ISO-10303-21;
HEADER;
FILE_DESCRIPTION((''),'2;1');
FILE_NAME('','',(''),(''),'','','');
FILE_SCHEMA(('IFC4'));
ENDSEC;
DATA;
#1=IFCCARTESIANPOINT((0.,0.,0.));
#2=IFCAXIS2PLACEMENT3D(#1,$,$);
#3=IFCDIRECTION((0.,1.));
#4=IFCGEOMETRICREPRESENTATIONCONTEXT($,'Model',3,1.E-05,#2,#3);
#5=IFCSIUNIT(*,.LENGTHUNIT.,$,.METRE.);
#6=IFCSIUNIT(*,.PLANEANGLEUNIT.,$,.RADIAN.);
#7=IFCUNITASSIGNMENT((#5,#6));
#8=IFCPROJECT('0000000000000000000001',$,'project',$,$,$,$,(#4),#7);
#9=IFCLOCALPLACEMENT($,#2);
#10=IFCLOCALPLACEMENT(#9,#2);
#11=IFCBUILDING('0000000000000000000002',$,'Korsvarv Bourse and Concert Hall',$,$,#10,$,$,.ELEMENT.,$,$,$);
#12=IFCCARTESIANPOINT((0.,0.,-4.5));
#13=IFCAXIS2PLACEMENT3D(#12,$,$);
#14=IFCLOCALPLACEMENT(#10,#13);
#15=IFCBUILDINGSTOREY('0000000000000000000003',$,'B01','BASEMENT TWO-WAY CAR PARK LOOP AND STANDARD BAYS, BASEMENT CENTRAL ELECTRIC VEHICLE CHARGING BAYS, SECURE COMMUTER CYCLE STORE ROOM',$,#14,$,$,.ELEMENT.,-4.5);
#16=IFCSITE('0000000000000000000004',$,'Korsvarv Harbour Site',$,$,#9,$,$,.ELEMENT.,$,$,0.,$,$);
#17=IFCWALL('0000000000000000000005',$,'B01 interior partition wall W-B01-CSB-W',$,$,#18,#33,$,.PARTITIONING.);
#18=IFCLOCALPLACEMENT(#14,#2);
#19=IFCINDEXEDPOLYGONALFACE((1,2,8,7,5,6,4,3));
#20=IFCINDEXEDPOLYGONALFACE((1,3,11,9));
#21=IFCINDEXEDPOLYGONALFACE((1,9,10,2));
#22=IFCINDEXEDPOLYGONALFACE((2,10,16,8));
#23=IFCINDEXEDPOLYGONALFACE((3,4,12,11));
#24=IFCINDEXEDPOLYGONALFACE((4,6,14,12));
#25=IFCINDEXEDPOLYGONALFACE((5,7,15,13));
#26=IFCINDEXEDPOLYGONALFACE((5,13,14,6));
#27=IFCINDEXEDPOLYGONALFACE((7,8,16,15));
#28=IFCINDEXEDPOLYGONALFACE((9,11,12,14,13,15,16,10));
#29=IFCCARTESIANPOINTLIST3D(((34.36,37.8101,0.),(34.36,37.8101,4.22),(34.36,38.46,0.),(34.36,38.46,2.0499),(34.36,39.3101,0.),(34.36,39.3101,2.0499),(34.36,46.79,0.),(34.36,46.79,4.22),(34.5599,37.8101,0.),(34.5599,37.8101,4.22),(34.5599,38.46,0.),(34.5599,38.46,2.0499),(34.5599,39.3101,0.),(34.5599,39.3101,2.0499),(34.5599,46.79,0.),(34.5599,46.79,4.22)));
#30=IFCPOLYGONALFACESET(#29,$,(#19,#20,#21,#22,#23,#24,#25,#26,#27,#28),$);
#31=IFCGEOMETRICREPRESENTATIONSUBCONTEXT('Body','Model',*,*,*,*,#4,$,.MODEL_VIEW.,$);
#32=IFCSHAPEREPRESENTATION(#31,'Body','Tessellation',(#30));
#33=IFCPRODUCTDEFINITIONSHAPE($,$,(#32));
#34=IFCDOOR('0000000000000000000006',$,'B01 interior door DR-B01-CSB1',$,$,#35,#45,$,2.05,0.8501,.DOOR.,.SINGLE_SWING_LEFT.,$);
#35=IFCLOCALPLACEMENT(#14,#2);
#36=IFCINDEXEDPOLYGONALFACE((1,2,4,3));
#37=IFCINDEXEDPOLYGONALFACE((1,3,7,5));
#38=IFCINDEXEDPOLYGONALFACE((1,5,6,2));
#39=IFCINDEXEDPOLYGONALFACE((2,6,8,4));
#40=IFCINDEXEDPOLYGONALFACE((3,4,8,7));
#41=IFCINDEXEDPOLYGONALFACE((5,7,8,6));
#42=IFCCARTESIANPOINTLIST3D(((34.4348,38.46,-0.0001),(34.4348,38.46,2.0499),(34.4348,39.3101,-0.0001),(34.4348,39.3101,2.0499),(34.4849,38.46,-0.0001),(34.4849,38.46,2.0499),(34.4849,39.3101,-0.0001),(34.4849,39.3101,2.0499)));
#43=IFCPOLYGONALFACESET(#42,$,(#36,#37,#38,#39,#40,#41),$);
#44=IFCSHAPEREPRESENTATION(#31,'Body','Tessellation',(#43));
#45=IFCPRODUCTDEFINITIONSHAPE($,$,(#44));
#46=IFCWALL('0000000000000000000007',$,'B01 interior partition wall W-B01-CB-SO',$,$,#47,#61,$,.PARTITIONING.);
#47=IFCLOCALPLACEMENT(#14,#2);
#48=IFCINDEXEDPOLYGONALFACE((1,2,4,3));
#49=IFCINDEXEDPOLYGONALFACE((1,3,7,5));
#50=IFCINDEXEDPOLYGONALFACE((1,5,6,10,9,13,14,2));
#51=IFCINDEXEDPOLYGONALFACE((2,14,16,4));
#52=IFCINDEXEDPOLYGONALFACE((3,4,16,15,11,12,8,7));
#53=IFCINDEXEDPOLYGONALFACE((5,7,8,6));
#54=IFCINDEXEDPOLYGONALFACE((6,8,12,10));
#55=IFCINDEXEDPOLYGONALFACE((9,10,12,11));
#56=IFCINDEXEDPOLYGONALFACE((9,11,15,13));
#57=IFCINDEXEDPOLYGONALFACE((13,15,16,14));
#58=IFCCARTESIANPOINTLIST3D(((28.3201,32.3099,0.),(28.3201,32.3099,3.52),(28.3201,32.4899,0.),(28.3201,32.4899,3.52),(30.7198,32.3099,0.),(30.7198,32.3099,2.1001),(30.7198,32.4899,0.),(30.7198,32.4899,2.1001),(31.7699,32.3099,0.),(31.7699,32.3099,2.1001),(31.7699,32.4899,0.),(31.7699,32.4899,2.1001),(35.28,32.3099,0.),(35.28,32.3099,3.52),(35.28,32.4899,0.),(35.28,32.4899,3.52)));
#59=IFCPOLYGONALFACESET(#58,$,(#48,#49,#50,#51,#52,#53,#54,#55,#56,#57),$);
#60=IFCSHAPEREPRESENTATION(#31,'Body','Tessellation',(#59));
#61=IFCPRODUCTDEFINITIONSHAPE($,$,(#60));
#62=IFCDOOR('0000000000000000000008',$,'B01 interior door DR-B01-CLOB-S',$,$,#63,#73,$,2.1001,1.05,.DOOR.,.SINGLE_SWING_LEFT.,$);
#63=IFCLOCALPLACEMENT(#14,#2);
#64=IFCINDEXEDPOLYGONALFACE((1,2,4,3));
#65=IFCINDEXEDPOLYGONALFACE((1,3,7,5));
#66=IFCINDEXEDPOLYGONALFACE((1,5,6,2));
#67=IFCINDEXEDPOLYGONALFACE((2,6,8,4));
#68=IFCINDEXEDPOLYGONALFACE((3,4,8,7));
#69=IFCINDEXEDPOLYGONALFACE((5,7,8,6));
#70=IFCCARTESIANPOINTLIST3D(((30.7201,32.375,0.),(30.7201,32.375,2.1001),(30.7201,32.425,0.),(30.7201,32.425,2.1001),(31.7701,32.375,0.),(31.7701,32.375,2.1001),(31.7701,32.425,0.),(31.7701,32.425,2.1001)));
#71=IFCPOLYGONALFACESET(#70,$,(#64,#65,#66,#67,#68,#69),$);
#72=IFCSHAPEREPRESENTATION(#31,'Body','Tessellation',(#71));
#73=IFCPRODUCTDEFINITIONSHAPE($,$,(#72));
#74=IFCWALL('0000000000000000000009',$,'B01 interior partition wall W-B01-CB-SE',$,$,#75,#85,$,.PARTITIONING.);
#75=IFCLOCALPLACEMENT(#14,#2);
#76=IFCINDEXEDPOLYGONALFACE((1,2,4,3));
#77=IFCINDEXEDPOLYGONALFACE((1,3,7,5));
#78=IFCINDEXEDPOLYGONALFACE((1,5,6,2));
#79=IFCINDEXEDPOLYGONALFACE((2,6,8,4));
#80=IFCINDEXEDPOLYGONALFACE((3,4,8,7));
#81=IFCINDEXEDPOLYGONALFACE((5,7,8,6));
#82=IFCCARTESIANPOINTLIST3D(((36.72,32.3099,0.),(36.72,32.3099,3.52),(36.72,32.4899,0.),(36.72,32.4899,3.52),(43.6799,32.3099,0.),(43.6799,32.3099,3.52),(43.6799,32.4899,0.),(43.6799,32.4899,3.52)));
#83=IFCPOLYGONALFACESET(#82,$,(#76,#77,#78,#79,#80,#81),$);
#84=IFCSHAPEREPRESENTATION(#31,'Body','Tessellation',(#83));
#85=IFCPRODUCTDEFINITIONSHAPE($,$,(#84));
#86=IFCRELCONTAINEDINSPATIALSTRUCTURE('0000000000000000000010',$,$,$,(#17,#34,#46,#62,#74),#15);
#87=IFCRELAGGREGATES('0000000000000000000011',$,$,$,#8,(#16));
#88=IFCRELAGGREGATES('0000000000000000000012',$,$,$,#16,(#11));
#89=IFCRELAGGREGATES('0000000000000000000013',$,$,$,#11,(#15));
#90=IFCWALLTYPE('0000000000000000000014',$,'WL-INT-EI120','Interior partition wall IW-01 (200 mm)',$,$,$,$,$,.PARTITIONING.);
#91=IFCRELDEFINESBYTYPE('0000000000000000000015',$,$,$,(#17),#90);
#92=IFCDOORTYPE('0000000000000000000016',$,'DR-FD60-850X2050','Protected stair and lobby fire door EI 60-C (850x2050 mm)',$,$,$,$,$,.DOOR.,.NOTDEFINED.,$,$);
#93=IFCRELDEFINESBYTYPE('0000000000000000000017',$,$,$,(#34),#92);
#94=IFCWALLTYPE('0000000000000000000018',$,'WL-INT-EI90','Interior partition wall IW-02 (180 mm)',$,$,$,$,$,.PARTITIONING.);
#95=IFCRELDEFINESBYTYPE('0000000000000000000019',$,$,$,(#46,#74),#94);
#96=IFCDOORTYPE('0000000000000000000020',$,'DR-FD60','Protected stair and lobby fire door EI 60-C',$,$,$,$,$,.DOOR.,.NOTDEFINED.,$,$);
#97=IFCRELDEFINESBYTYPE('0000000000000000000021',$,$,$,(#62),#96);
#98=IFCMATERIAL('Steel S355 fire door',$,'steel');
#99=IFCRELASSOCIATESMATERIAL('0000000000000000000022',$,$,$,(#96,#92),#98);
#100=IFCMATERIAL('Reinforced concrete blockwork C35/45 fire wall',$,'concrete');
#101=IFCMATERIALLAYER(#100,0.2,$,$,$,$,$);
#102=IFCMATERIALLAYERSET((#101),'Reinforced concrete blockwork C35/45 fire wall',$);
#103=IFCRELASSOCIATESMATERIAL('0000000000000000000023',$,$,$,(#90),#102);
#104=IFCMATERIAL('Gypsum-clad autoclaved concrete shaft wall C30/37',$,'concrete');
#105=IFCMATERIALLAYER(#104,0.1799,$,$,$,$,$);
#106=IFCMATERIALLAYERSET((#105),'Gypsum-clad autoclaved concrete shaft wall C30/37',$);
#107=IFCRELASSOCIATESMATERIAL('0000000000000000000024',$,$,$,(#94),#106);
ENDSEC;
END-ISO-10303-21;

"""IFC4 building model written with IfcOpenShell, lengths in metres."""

from ifc_helpers import new_model, si_unit, direction, frame, frame_2d, origin, place, context, subcontext, project, spatial, rectangle, extrude, material, layer, layer_set, type_object, element, fill, save


model = new_model("IFC4")

# Units and contexts
model_context = context("Model", 3, precision=1e-05, world=origin(), true_north=direction((0.0, 1.0)))
body_context = subcontext(model_context, "Body", "Model", "MODEL_VIEW")
ifc_project = project(units=[si_unit("LENGTHUNIT", "METRE"), si_unit("PLANEANGLEUNIT", "RADIAN")], contexts=[model_context])

# Site, building, storey
site_placement = place(None, origin())
site = spatial("IfcSite", under=ifc_project, at=site_placement, Name="Korsvarv Harbour Site", CompositionType="ELEMENT", RefElevation=0.0)
building_placement = place(site_placement, origin())
building = spatial("IfcBuilding", under=site, at=building_placement, Name="Korsvarv Bourse and Concert Hall", CompositionType="ELEMENT")
storey_placement = place(building_placement, frame((0.0, 0.0, -4.5)))
storey = spatial("IfcBuildingStorey", under=building, at=storey_placement, Name="B01", Description="BASEMENT TWO-WAY CAR PARK LOOP AND STANDARD BAYS, BASEMENT CENTRAL ELECTRIC VEHICLE CHARGING BAYS, SECURE COMMUTER CYCLE STORE ROOM", CompositionType="ELEMENT", Elevation=-4.5)

# Walls, openings, doors
ifc_material_1 = material(Name="Steel S355 fire door", Category="steel")
door_type_1 = type_object("IfcDoorType", Name="DR-FD60", Description="Protected stair and lobby fire door EI 60-C", OperationType="NOTDEFINED", PredefinedType="DOOR", material=ifc_material_1)
ifc_material_2 = material(Name="Reinforced concrete blockwork C35/45 fire wall", Category="concrete")
ifc_layer_1 = layer(ifc_material_2, 0.2)
ifc_layer_set_1 = layer_set([ifc_layer_1], Name="Reinforced concrete blockwork C35/45 fire wall")
wall_type_1 = type_object("IfcWallType", Name="WL-INT-EI120", Description="Interior partition wall IW-01 (200 mm)", PredefinedType="PARTITIONING", material=ifc_layer_set_1)
wall_1_placement = place(storey_placement, frame((34.46, 37.8101, 0.0), z_axis=(0.0, 0.0, 1.0), x_axis=(0.0, 1.0, 0.0)))
wall_1 = element("IfcWall", 1, at=wall_1_placement, inside=storey, type_object=wall_type_1, Name="B01 interior partition wall W-B01-CSB-W", PredefinedType="PARTITIONING", context=body_context, shape_type="SweptSolid", body=[
    extrude(rectangle(XDim=8.98, YDim=0.2, at=frame_2d((4.49, 0.0))), origin(), (0.0, 0.0, 1.0), 4.22),
])
opening_1_placement = place(wall_1_placement, frame((0.6499, 0.0, 0.0)))
opening_1 = element("IfcOpeningElement", 2, at=opening_1_placement, cuts=wall_1, PredefinedType="OPENING", context=body_context, shape_type="SweptSolid", body=[
    extrude(rectangle(XDim=0.8501, YDim=2.05, at=frame_2d((0.425, 1.0249))), frame((0.0, 0.1099, 0.0), z_axis=(0.0, -1.0, 0.0), x_axis=(1.0, 0.0, 0.0)), (0.0, 0.0, 1.0), 0.22),
])
door_type_2 = type_object("IfcDoorType", Name="DR-FD60-850X2050", Description="Protected stair and lobby fire door EI 60-C (850x2050 mm)", OperationType="NOTDEFINED", PredefinedType="DOOR", material=ifc_material_1)
door_1_placement = place(opening_1_placement, frame((0.8501, 0.0, 0.0), z_axis=(0.0, 0.0, 1.0), x_axis=(-1.0, 0.0, 0.0)))
door_1 = element("IfcDoor", 3, at=door_1_placement, inside=storey, type_object=door_type_2, Name="B01 interior door DR-B01-CSB1", OperationType="SINGLE_SWING_LEFT", OverallHeight=2.05, OverallWidth=0.8501, PredefinedType="DOOR", context=body_context, shape_type="SweptSolid", body=[
    extrude(rectangle(XDim=0.8501, YDim=2.05, at=frame_2d((0.425, 1.0249))), frame((0.0, 0.0249, 0.0), z_axis=(0.0, -1.0, 0.0), x_axis=(1.0, 0.0, 0.0)), (0.0, 0.0, 1.0), 0.05),
])
fill(opening_1, door_1)
ifc_material_3 = material(Name="Gypsum-clad autoclaved concrete shaft wall C30/37", Category="concrete")
ifc_layer_2 = layer(ifc_material_3, 0.1799)
ifc_layer_set_2 = layer_set([ifc_layer_2], Name="Gypsum-clad autoclaved concrete shaft wall C30/37")
wall_type_2 = type_object("IfcWallType", Name="WL-INT-EI90", Description="Interior partition wall IW-02 (180 mm)", PredefinedType="PARTITIONING", material=ifc_layer_set_2)
wall_2_placement = place(storey_placement, frame((28.3201, 32.3999, 0.0), z_axis=(0.0, 0.0, 1.0), x_axis=(1.0, 0.0, 0.0)))
wall_2 = element("IfcWall", 4, at=wall_2_placement, inside=storey, type_object=wall_type_2, Name="B01 interior partition wall W-B01-CB-SO", PredefinedType="PARTITIONING", context=body_context, shape_type="SweptSolid", body=[
    extrude(rectangle(XDim=6.96, YDim=0.1799, at=frame_2d((3.48, 0.0))), origin(), (0.0, 0.0, 1.0), 3.52),
])
opening_2_placement = place(wall_2_placement, frame((2.3999, 0.0, 0.0)))
opening_2 = element("IfcOpeningElement", 5, at=opening_2_placement, cuts=wall_2, PredefinedType="OPENING", context=body_context, shape_type="SweptSolid", body=[
    extrude(rectangle(XDim=1.05, YDim=2.1001, at=frame_2d((0.5249, 1.05))), frame((0.0, 0.1001, 0.0), z_axis=(0.0, -1.0, 0.0), x_axis=(1.0, 0.0, 0.0)), (0.0, 0.0, 1.0), 0.2),
])
door_2_placement = place(opening_2_placement, frame((1.05, 0.0, 0.0), z_axis=(0.0, 0.0, 1.0), x_axis=(-1.0, 0.0, 0.0)))
door_2 = element("IfcDoor", 6, at=door_2_placement, inside=storey, type_object=door_type_1, Name="B01 interior door DR-B01-CLOB-S", OperationType="SINGLE_SWING_LEFT", OverallHeight=2.1001, OverallWidth=1.05, PredefinedType="DOOR", context=body_context, shape_type="SweptSolid", body=[
    extrude(rectangle(XDim=1.05, YDim=2.1001, at=frame_2d((0.5249, 1.05))), frame((0.0, 0.0249, 0.0), z_axis=(0.0, -1.0, 0.0), x_axis=(1.0, 0.0, 0.0)), (0.0, 0.0, 1.0), 0.05),
])
fill(opening_2, door_2)

# Wall
wall_3_placement = place(storey_placement, frame((36.72, 32.3999, 0.0), z_axis=(0.0, 0.0, 1.0), x_axis=(1.0, 0.0, 0.0)))
element("IfcWall", 7, at=wall_3_placement, inside=storey, type_object=wall_type_2, Name="B01 interior partition wall W-B01-CB-SE", PredefinedType="PARTITIONING", context=body_context, shape_type="SweptSolid", body=[
    extrude(rectangle(XDim=6.96, YDim=0.1799, at=frame_2d((3.48, 0.0))), origin(), (0.0, 0.0, 1.0), 3.52),
])

save(model, "model.ifc")
